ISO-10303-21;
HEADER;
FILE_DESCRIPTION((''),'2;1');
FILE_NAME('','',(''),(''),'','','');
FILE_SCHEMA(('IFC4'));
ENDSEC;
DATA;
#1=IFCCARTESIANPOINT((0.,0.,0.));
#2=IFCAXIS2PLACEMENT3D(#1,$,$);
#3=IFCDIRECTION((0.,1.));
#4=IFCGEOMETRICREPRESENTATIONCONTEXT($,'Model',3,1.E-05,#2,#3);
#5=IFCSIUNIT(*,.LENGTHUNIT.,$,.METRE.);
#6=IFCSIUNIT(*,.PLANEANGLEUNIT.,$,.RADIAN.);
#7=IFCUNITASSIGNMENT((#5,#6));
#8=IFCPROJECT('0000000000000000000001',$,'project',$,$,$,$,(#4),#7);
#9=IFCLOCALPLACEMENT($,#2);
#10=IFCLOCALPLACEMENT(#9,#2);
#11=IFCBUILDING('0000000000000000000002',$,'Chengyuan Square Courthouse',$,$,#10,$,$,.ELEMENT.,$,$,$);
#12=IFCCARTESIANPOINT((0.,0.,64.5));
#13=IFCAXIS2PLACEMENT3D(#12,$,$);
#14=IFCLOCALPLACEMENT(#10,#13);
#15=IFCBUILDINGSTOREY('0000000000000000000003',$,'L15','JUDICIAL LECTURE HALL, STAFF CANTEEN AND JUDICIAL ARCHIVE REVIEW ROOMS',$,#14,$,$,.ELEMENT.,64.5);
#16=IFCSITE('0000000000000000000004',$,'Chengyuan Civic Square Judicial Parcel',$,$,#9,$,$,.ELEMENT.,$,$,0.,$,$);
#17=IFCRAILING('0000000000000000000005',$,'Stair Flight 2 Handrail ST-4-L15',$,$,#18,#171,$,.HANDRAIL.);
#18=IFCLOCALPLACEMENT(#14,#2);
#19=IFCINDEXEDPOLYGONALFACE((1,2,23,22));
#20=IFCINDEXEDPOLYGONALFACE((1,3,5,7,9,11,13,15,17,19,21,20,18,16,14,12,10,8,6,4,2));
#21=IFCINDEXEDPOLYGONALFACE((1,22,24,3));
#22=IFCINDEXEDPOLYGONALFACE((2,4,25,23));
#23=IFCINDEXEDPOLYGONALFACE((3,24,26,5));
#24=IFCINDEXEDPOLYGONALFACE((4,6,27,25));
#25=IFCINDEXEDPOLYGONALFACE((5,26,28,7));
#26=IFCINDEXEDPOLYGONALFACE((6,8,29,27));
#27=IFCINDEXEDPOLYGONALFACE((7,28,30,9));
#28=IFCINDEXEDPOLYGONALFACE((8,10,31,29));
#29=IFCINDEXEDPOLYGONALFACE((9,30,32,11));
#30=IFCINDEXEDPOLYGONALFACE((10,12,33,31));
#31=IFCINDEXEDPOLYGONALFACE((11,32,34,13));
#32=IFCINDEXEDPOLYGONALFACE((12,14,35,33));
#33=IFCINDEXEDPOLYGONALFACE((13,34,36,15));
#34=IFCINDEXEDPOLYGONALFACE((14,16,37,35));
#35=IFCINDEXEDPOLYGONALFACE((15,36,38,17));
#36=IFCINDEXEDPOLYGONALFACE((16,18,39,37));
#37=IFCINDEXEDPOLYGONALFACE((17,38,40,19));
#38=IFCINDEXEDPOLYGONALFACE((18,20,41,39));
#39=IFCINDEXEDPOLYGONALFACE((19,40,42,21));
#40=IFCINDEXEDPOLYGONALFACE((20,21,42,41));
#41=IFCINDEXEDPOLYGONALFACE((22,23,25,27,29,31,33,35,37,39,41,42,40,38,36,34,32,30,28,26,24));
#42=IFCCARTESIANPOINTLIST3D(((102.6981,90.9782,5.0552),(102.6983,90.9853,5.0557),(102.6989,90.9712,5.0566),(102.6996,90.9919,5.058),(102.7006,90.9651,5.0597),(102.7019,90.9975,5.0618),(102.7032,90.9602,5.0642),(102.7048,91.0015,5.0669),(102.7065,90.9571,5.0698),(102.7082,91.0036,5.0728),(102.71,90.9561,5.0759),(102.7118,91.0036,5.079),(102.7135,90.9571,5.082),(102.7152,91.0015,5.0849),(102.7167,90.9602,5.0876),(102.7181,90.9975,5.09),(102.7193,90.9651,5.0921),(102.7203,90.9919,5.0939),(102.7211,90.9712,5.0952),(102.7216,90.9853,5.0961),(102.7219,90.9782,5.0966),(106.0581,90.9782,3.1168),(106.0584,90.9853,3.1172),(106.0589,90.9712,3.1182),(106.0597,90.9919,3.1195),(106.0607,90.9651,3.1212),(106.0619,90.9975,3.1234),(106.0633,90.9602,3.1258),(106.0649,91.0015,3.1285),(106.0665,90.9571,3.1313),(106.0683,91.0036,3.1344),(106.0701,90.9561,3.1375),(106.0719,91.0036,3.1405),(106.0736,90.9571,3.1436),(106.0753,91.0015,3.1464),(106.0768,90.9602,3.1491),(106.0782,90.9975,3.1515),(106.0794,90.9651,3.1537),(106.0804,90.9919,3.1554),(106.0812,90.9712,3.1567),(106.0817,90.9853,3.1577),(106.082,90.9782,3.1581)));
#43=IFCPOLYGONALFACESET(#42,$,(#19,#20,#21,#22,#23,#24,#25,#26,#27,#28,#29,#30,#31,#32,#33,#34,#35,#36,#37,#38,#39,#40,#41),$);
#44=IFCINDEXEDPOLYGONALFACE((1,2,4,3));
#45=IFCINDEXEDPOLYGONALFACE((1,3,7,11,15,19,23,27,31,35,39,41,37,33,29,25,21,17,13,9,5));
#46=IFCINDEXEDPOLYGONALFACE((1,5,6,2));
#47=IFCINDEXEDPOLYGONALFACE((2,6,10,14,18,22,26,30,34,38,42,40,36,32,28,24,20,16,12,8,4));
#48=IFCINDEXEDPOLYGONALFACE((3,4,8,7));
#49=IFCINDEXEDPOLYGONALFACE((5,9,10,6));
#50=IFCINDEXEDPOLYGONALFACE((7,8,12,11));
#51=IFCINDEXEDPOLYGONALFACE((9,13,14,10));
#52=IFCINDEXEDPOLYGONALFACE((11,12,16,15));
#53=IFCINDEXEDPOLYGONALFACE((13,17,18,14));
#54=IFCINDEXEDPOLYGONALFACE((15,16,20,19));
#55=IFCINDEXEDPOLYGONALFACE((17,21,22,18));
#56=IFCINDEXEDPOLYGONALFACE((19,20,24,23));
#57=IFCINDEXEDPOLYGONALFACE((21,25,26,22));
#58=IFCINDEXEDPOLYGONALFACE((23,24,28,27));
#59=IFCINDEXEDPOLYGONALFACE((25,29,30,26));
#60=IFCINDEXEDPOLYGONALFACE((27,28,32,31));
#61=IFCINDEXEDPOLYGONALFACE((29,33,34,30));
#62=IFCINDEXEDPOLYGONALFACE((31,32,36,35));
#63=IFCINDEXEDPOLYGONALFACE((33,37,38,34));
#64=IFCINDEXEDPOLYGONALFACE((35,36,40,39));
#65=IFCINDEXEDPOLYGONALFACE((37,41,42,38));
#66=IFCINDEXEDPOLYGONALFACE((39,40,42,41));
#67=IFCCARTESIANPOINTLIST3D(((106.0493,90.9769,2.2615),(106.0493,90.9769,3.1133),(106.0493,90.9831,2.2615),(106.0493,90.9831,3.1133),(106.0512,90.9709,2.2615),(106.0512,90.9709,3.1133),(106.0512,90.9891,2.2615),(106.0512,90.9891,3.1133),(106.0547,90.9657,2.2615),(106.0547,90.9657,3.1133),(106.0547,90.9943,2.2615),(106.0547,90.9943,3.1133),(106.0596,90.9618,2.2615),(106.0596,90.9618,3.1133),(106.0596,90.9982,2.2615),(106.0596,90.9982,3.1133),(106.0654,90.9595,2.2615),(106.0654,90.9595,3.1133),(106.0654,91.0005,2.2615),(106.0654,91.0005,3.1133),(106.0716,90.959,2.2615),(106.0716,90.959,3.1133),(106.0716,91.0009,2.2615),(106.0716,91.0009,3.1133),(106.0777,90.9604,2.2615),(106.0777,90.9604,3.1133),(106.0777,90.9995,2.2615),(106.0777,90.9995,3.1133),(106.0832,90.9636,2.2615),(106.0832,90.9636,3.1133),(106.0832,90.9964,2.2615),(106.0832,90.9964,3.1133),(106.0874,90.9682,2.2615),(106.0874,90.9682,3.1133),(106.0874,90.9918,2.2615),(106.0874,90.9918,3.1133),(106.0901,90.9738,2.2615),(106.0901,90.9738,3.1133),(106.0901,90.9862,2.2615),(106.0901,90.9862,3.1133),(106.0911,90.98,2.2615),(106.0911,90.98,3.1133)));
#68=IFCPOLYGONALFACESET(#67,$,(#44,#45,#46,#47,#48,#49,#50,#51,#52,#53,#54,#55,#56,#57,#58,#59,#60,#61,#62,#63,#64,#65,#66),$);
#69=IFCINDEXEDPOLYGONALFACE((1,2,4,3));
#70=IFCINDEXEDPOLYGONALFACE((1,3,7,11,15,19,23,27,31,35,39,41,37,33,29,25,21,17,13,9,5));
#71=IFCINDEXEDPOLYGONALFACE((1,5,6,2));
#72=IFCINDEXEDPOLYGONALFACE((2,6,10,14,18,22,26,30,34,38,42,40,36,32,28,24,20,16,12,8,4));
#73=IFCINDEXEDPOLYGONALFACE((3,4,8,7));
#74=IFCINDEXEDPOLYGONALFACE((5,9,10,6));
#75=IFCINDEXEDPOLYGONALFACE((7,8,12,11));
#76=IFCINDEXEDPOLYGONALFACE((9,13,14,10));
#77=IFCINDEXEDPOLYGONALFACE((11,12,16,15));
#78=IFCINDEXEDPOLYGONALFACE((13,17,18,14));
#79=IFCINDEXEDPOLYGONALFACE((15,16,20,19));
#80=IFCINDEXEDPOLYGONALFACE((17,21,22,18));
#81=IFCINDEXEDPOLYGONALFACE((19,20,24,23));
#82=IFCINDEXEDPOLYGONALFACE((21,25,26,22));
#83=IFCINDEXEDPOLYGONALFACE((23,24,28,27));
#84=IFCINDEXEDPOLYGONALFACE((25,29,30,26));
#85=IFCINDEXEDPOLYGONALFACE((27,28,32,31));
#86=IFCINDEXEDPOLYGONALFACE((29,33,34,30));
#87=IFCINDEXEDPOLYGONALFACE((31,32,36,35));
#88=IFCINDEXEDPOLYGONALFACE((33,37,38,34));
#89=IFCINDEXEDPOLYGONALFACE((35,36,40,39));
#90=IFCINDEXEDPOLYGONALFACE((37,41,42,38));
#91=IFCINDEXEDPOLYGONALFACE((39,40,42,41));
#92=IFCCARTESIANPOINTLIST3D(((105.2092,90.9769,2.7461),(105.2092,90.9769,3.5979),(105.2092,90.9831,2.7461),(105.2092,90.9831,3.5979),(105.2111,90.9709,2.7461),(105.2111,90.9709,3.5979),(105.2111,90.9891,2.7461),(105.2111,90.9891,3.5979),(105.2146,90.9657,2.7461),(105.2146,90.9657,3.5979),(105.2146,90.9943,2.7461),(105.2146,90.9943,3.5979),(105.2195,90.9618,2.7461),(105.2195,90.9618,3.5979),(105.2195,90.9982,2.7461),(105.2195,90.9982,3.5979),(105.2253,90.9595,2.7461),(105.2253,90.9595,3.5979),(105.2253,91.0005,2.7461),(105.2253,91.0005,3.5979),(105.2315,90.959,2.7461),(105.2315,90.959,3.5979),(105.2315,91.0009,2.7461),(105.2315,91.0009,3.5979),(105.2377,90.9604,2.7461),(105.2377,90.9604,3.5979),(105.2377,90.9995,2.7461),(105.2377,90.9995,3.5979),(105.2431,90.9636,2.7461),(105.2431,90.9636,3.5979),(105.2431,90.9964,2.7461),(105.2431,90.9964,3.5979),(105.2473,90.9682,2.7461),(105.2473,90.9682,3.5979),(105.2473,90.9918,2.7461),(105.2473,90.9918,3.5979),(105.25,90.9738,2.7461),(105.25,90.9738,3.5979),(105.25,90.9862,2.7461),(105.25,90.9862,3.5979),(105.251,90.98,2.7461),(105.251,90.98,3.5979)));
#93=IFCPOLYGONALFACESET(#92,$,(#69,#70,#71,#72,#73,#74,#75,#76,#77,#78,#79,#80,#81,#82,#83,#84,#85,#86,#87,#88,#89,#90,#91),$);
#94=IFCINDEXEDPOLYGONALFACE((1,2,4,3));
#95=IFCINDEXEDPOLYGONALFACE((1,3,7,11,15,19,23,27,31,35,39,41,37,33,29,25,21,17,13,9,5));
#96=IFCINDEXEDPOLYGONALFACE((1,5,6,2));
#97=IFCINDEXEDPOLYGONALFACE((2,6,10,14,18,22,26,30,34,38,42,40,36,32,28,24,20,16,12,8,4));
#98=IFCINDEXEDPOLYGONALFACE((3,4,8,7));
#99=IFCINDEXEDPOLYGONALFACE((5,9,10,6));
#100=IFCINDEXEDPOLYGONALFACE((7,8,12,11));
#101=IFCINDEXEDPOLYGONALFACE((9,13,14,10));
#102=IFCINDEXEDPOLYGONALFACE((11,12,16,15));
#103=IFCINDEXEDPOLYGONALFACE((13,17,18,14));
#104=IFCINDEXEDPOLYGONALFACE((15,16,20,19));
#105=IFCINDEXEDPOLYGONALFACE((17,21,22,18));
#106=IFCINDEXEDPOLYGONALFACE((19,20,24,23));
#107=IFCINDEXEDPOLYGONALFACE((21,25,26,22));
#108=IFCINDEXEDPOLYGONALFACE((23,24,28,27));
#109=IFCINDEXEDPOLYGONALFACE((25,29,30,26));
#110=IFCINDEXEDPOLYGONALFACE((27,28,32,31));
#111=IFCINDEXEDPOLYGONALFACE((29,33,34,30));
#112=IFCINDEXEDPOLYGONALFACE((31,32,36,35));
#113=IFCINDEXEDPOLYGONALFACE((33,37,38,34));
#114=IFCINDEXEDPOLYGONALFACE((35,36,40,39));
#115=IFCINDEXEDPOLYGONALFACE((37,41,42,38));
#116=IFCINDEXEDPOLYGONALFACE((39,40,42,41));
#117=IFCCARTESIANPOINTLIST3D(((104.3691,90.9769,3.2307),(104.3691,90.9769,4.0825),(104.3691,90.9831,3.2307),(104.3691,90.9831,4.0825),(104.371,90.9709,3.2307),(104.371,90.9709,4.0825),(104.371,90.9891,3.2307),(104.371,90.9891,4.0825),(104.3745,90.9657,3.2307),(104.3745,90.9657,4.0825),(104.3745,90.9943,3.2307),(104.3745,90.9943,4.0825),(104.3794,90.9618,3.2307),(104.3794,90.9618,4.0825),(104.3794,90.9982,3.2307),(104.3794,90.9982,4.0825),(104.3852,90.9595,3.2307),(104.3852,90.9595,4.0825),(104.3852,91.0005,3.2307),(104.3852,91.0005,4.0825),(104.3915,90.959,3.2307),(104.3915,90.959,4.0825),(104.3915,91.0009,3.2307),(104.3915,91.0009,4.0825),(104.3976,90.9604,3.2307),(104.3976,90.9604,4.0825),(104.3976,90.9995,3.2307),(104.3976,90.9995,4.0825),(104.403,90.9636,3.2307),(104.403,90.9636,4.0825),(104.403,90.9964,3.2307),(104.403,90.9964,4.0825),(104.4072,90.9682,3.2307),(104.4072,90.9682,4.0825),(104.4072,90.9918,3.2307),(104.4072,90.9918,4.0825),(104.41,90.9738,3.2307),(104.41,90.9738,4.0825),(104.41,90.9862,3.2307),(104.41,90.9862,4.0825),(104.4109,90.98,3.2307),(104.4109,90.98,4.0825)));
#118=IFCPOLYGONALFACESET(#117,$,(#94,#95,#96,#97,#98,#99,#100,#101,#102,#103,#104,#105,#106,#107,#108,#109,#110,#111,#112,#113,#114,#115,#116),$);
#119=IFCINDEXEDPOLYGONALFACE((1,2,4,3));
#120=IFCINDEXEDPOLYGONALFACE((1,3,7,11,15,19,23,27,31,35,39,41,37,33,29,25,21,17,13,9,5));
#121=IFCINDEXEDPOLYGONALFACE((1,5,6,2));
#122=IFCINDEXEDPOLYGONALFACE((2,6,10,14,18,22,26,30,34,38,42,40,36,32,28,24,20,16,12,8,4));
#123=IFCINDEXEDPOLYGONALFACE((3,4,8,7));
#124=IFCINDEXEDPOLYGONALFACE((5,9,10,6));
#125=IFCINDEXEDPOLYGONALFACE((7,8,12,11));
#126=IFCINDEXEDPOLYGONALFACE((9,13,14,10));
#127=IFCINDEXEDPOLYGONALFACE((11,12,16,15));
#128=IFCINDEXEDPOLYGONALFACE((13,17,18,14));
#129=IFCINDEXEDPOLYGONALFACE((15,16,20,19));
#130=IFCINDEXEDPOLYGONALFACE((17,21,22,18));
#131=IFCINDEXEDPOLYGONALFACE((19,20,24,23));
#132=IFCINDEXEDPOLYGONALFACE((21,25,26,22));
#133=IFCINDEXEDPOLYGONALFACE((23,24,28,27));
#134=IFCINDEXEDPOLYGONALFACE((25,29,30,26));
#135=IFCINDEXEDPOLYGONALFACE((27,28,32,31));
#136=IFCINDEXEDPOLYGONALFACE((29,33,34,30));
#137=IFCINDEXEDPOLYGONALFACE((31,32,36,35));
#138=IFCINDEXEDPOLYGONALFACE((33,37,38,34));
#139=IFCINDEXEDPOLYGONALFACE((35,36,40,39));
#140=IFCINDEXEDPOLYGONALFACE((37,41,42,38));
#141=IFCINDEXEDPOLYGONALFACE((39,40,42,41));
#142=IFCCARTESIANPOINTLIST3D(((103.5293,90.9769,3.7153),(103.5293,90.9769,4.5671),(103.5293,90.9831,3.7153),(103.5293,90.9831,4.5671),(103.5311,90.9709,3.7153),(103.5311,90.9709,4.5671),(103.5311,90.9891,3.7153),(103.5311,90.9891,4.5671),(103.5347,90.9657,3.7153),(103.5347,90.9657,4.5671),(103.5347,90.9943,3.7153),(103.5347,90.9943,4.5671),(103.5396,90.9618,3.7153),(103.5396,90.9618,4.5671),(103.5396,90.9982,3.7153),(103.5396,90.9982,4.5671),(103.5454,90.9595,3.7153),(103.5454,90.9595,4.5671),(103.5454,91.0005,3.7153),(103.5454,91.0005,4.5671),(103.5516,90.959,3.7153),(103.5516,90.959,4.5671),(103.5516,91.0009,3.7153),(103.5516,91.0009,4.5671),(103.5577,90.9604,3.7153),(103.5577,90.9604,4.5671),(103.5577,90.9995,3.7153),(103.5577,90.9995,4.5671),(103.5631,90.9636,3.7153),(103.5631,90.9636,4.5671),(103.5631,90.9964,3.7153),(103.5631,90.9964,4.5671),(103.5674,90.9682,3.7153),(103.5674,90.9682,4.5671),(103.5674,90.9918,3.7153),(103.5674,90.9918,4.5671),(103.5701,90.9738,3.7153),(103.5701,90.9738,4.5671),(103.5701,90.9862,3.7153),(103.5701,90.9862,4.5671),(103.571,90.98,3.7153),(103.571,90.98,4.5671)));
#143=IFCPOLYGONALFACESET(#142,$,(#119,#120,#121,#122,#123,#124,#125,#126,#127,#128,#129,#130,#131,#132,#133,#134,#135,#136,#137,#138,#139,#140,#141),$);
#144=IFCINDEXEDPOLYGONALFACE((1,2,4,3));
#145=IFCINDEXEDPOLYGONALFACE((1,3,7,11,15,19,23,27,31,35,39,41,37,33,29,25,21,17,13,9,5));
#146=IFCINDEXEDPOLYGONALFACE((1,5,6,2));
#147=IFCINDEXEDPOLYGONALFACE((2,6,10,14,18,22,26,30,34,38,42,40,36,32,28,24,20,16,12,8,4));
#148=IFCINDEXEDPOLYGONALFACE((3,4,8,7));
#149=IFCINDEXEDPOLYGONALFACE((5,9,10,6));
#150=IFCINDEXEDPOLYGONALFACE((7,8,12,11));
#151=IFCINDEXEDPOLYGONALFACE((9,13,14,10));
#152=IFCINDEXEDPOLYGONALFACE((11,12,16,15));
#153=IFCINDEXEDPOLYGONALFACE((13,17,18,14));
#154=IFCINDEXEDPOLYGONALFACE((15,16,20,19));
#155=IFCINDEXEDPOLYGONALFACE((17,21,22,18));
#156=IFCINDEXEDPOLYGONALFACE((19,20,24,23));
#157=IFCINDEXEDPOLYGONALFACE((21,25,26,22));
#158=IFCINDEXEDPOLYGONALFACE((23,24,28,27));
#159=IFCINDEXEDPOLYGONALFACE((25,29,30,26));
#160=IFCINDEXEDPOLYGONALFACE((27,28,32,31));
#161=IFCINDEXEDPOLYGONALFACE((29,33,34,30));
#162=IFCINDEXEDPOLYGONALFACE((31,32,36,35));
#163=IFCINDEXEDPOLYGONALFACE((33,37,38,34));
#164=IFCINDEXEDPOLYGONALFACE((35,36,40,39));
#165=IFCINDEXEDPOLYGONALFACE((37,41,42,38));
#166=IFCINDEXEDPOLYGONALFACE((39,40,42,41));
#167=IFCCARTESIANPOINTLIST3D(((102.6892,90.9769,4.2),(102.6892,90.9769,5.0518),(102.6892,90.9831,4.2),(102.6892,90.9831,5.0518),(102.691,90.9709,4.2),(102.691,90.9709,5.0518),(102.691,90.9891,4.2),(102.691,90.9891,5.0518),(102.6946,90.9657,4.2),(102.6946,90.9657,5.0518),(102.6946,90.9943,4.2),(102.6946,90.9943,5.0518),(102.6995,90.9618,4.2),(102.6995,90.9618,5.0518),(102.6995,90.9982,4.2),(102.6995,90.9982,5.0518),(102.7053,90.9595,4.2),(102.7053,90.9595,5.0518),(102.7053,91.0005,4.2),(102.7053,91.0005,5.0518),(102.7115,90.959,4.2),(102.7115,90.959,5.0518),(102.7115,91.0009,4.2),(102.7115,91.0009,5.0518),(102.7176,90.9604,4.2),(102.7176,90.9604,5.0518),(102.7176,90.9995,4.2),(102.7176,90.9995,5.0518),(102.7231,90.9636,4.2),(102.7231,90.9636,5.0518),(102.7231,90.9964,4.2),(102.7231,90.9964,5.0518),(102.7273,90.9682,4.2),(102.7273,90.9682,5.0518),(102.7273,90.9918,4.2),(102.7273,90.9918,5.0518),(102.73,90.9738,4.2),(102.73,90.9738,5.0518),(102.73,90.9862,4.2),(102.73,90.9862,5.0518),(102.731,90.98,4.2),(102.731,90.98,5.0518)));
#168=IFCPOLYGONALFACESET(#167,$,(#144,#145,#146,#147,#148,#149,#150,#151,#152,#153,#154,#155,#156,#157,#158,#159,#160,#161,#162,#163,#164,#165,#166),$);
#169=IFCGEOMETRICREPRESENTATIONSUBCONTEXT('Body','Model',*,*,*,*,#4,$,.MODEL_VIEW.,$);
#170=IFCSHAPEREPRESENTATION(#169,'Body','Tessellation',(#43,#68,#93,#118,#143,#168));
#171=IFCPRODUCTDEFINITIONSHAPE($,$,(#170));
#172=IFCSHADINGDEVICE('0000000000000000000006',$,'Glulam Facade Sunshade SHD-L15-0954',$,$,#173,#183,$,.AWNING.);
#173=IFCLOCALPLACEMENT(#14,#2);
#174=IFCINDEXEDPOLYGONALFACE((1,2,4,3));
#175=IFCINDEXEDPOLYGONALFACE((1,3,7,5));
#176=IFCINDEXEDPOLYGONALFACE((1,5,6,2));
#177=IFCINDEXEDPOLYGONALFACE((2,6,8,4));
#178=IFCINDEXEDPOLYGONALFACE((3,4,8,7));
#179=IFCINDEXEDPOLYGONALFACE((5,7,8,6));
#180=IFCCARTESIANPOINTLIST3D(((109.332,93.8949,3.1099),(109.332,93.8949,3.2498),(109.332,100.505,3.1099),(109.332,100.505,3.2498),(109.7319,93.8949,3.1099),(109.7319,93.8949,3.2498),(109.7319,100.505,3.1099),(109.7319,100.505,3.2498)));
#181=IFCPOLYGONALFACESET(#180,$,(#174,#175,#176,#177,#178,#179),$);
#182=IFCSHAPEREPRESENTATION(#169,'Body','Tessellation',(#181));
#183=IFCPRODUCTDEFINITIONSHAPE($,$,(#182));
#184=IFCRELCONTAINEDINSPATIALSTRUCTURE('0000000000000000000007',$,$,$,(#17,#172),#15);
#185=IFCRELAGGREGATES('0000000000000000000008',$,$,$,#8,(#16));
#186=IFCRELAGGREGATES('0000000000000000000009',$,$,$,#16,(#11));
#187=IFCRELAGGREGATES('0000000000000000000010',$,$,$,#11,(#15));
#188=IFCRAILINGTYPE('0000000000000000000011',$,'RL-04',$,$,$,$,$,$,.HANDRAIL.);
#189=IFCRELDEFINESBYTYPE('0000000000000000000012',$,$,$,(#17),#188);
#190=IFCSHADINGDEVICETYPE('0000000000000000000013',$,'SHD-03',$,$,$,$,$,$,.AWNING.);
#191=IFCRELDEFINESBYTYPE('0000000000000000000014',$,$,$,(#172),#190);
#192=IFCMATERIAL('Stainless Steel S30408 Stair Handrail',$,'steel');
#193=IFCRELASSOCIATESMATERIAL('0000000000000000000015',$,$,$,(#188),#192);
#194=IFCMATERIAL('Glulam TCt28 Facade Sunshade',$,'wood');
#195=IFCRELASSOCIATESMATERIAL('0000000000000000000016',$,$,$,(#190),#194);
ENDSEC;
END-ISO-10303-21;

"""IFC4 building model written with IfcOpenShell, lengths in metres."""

from ifc_helpers import new_model, si_unit, direction, frame, origin, origin_2d, place, context, subcontext, project, spatial, rectangle, circle, extrude, material, type_object, element, save


model = new_model("IFC4")

# Units and contexts
model_context = context("Model", 3, precision=1e-05, world=origin(), true_north=direction((0.0, 1.0)))
body_context = subcontext(model_context, "Body", "Model", "MODEL_VIEW")
ifc_project = project(units=[si_unit("LENGTHUNIT", "METRE"), si_unit("PLANEANGLEUNIT", "RADIAN")], contexts=[model_context])

# Site, building, storey
site_placement = place(None, origin())
site = spatial("IfcSite", under=ifc_project, at=site_placement, Name="Chengyuan Civic Square Judicial Parcel", CompositionType="ELEMENT", RefElevation=0.0)
building_placement = place(site_placement, origin())
building = spatial("IfcBuilding", under=site, at=building_placement, Name="Chengyuan Square Courthouse", CompositionType="ELEMENT")
storey_placement = place(building_placement, frame((0.0, 0.0, 64.5)))
storey = spatial("IfcBuildingStorey", under=building, at=storey_placement, Name="L15", Description="JUDICIAL LECTURE HALL, STAFF CANTEEN AND JUDICIAL ARCHIVE REVIEW ROOMS", CompositionType="ELEMENT", Elevation=64.5)

# Railing
ifc_material_1 = material(Name="Stainless Steel S30408 Stair Handrail", Category="steel")
railing_type_1 = type_object("IfcRailingType", Name="RL-04", PredefinedType="HANDRAIL", material=ifc_material_1)
railing_1_placement = place(storey_placement, frame((106.0701, 90.98, 2.2615)))
element("IfcRailing", 1, at=railing_1_placement, inside=storey, type_object=railing_type_1, Name="Stair Flight 2 Handrail ST-4-L15", PredefinedType="HANDRAIL", context=body_context, shape_type="SweptSolid", body=[
    extrude(circle(Radius=0.0239, at=origin_2d()), frame((0.0, 0.0, 0.876), z_axis=(-0.866191, 0.0, 0.499713), x_axis=(0.0, -1.0, 0.0)), (0.0, 0.0, 1.0), 3.8792),
    extrude(circle(Radius=0.021, at=origin_2d()), origin(), (0.0, 0.0, 1.0), 0.8518),
    extrude(circle(Radius=0.021, at=origin_2d()), frame((-0.8401, 0.0, 0.4846)), (0.0, 0.0, 1.0), 0.8518),
    extrude(circle(Radius=0.021, at=origin_2d()), frame((-1.6802, 0.0, 0.9692)), (0.0, 0.0, 1.0), 0.8518),
    extrude(circle(Radius=0.021, at=origin_2d()), frame((-2.52, 0.0, 1.4539)), (0.0, 0.0, 1.0), 0.8518),
    extrude(circle(Radius=0.021, at=origin_2d()), frame((-3.3601, 0.0, 1.9385)), (0.0, 0.0, 1.0), 0.8518),
])

# Shading device
ifc_material_2 = material(Name="Glulam TCt28 Facade Sunshade", Category="wood")
shading_device_type = type_object("IfcShadingDeviceType", Name="SHD-03", PredefinedType="AWNING", material=ifc_material_2)
shading_device_placement = place(storey_placement, frame((109.532, 97.2, 3.1099), z_axis=(0.0, 0.0, 1.0), x_axis=(0.0, 1.0, 0.0)))
element("IfcShadingDevice", 2, at=shading_device_placement, inside=storey, type_object=shading_device_type, Name="Glulam Facade Sunshade SHD-L15-0954", PredefinedType="AWNING", context=body_context, shape_type="SweptSolid", body=[
    extrude(rectangle(XDim=6.6101, YDim=0.3999, at=origin_2d()), origin(), (0.0, 0.0, 1.0), 0.1399),
])

save(model, "model.ifc")
